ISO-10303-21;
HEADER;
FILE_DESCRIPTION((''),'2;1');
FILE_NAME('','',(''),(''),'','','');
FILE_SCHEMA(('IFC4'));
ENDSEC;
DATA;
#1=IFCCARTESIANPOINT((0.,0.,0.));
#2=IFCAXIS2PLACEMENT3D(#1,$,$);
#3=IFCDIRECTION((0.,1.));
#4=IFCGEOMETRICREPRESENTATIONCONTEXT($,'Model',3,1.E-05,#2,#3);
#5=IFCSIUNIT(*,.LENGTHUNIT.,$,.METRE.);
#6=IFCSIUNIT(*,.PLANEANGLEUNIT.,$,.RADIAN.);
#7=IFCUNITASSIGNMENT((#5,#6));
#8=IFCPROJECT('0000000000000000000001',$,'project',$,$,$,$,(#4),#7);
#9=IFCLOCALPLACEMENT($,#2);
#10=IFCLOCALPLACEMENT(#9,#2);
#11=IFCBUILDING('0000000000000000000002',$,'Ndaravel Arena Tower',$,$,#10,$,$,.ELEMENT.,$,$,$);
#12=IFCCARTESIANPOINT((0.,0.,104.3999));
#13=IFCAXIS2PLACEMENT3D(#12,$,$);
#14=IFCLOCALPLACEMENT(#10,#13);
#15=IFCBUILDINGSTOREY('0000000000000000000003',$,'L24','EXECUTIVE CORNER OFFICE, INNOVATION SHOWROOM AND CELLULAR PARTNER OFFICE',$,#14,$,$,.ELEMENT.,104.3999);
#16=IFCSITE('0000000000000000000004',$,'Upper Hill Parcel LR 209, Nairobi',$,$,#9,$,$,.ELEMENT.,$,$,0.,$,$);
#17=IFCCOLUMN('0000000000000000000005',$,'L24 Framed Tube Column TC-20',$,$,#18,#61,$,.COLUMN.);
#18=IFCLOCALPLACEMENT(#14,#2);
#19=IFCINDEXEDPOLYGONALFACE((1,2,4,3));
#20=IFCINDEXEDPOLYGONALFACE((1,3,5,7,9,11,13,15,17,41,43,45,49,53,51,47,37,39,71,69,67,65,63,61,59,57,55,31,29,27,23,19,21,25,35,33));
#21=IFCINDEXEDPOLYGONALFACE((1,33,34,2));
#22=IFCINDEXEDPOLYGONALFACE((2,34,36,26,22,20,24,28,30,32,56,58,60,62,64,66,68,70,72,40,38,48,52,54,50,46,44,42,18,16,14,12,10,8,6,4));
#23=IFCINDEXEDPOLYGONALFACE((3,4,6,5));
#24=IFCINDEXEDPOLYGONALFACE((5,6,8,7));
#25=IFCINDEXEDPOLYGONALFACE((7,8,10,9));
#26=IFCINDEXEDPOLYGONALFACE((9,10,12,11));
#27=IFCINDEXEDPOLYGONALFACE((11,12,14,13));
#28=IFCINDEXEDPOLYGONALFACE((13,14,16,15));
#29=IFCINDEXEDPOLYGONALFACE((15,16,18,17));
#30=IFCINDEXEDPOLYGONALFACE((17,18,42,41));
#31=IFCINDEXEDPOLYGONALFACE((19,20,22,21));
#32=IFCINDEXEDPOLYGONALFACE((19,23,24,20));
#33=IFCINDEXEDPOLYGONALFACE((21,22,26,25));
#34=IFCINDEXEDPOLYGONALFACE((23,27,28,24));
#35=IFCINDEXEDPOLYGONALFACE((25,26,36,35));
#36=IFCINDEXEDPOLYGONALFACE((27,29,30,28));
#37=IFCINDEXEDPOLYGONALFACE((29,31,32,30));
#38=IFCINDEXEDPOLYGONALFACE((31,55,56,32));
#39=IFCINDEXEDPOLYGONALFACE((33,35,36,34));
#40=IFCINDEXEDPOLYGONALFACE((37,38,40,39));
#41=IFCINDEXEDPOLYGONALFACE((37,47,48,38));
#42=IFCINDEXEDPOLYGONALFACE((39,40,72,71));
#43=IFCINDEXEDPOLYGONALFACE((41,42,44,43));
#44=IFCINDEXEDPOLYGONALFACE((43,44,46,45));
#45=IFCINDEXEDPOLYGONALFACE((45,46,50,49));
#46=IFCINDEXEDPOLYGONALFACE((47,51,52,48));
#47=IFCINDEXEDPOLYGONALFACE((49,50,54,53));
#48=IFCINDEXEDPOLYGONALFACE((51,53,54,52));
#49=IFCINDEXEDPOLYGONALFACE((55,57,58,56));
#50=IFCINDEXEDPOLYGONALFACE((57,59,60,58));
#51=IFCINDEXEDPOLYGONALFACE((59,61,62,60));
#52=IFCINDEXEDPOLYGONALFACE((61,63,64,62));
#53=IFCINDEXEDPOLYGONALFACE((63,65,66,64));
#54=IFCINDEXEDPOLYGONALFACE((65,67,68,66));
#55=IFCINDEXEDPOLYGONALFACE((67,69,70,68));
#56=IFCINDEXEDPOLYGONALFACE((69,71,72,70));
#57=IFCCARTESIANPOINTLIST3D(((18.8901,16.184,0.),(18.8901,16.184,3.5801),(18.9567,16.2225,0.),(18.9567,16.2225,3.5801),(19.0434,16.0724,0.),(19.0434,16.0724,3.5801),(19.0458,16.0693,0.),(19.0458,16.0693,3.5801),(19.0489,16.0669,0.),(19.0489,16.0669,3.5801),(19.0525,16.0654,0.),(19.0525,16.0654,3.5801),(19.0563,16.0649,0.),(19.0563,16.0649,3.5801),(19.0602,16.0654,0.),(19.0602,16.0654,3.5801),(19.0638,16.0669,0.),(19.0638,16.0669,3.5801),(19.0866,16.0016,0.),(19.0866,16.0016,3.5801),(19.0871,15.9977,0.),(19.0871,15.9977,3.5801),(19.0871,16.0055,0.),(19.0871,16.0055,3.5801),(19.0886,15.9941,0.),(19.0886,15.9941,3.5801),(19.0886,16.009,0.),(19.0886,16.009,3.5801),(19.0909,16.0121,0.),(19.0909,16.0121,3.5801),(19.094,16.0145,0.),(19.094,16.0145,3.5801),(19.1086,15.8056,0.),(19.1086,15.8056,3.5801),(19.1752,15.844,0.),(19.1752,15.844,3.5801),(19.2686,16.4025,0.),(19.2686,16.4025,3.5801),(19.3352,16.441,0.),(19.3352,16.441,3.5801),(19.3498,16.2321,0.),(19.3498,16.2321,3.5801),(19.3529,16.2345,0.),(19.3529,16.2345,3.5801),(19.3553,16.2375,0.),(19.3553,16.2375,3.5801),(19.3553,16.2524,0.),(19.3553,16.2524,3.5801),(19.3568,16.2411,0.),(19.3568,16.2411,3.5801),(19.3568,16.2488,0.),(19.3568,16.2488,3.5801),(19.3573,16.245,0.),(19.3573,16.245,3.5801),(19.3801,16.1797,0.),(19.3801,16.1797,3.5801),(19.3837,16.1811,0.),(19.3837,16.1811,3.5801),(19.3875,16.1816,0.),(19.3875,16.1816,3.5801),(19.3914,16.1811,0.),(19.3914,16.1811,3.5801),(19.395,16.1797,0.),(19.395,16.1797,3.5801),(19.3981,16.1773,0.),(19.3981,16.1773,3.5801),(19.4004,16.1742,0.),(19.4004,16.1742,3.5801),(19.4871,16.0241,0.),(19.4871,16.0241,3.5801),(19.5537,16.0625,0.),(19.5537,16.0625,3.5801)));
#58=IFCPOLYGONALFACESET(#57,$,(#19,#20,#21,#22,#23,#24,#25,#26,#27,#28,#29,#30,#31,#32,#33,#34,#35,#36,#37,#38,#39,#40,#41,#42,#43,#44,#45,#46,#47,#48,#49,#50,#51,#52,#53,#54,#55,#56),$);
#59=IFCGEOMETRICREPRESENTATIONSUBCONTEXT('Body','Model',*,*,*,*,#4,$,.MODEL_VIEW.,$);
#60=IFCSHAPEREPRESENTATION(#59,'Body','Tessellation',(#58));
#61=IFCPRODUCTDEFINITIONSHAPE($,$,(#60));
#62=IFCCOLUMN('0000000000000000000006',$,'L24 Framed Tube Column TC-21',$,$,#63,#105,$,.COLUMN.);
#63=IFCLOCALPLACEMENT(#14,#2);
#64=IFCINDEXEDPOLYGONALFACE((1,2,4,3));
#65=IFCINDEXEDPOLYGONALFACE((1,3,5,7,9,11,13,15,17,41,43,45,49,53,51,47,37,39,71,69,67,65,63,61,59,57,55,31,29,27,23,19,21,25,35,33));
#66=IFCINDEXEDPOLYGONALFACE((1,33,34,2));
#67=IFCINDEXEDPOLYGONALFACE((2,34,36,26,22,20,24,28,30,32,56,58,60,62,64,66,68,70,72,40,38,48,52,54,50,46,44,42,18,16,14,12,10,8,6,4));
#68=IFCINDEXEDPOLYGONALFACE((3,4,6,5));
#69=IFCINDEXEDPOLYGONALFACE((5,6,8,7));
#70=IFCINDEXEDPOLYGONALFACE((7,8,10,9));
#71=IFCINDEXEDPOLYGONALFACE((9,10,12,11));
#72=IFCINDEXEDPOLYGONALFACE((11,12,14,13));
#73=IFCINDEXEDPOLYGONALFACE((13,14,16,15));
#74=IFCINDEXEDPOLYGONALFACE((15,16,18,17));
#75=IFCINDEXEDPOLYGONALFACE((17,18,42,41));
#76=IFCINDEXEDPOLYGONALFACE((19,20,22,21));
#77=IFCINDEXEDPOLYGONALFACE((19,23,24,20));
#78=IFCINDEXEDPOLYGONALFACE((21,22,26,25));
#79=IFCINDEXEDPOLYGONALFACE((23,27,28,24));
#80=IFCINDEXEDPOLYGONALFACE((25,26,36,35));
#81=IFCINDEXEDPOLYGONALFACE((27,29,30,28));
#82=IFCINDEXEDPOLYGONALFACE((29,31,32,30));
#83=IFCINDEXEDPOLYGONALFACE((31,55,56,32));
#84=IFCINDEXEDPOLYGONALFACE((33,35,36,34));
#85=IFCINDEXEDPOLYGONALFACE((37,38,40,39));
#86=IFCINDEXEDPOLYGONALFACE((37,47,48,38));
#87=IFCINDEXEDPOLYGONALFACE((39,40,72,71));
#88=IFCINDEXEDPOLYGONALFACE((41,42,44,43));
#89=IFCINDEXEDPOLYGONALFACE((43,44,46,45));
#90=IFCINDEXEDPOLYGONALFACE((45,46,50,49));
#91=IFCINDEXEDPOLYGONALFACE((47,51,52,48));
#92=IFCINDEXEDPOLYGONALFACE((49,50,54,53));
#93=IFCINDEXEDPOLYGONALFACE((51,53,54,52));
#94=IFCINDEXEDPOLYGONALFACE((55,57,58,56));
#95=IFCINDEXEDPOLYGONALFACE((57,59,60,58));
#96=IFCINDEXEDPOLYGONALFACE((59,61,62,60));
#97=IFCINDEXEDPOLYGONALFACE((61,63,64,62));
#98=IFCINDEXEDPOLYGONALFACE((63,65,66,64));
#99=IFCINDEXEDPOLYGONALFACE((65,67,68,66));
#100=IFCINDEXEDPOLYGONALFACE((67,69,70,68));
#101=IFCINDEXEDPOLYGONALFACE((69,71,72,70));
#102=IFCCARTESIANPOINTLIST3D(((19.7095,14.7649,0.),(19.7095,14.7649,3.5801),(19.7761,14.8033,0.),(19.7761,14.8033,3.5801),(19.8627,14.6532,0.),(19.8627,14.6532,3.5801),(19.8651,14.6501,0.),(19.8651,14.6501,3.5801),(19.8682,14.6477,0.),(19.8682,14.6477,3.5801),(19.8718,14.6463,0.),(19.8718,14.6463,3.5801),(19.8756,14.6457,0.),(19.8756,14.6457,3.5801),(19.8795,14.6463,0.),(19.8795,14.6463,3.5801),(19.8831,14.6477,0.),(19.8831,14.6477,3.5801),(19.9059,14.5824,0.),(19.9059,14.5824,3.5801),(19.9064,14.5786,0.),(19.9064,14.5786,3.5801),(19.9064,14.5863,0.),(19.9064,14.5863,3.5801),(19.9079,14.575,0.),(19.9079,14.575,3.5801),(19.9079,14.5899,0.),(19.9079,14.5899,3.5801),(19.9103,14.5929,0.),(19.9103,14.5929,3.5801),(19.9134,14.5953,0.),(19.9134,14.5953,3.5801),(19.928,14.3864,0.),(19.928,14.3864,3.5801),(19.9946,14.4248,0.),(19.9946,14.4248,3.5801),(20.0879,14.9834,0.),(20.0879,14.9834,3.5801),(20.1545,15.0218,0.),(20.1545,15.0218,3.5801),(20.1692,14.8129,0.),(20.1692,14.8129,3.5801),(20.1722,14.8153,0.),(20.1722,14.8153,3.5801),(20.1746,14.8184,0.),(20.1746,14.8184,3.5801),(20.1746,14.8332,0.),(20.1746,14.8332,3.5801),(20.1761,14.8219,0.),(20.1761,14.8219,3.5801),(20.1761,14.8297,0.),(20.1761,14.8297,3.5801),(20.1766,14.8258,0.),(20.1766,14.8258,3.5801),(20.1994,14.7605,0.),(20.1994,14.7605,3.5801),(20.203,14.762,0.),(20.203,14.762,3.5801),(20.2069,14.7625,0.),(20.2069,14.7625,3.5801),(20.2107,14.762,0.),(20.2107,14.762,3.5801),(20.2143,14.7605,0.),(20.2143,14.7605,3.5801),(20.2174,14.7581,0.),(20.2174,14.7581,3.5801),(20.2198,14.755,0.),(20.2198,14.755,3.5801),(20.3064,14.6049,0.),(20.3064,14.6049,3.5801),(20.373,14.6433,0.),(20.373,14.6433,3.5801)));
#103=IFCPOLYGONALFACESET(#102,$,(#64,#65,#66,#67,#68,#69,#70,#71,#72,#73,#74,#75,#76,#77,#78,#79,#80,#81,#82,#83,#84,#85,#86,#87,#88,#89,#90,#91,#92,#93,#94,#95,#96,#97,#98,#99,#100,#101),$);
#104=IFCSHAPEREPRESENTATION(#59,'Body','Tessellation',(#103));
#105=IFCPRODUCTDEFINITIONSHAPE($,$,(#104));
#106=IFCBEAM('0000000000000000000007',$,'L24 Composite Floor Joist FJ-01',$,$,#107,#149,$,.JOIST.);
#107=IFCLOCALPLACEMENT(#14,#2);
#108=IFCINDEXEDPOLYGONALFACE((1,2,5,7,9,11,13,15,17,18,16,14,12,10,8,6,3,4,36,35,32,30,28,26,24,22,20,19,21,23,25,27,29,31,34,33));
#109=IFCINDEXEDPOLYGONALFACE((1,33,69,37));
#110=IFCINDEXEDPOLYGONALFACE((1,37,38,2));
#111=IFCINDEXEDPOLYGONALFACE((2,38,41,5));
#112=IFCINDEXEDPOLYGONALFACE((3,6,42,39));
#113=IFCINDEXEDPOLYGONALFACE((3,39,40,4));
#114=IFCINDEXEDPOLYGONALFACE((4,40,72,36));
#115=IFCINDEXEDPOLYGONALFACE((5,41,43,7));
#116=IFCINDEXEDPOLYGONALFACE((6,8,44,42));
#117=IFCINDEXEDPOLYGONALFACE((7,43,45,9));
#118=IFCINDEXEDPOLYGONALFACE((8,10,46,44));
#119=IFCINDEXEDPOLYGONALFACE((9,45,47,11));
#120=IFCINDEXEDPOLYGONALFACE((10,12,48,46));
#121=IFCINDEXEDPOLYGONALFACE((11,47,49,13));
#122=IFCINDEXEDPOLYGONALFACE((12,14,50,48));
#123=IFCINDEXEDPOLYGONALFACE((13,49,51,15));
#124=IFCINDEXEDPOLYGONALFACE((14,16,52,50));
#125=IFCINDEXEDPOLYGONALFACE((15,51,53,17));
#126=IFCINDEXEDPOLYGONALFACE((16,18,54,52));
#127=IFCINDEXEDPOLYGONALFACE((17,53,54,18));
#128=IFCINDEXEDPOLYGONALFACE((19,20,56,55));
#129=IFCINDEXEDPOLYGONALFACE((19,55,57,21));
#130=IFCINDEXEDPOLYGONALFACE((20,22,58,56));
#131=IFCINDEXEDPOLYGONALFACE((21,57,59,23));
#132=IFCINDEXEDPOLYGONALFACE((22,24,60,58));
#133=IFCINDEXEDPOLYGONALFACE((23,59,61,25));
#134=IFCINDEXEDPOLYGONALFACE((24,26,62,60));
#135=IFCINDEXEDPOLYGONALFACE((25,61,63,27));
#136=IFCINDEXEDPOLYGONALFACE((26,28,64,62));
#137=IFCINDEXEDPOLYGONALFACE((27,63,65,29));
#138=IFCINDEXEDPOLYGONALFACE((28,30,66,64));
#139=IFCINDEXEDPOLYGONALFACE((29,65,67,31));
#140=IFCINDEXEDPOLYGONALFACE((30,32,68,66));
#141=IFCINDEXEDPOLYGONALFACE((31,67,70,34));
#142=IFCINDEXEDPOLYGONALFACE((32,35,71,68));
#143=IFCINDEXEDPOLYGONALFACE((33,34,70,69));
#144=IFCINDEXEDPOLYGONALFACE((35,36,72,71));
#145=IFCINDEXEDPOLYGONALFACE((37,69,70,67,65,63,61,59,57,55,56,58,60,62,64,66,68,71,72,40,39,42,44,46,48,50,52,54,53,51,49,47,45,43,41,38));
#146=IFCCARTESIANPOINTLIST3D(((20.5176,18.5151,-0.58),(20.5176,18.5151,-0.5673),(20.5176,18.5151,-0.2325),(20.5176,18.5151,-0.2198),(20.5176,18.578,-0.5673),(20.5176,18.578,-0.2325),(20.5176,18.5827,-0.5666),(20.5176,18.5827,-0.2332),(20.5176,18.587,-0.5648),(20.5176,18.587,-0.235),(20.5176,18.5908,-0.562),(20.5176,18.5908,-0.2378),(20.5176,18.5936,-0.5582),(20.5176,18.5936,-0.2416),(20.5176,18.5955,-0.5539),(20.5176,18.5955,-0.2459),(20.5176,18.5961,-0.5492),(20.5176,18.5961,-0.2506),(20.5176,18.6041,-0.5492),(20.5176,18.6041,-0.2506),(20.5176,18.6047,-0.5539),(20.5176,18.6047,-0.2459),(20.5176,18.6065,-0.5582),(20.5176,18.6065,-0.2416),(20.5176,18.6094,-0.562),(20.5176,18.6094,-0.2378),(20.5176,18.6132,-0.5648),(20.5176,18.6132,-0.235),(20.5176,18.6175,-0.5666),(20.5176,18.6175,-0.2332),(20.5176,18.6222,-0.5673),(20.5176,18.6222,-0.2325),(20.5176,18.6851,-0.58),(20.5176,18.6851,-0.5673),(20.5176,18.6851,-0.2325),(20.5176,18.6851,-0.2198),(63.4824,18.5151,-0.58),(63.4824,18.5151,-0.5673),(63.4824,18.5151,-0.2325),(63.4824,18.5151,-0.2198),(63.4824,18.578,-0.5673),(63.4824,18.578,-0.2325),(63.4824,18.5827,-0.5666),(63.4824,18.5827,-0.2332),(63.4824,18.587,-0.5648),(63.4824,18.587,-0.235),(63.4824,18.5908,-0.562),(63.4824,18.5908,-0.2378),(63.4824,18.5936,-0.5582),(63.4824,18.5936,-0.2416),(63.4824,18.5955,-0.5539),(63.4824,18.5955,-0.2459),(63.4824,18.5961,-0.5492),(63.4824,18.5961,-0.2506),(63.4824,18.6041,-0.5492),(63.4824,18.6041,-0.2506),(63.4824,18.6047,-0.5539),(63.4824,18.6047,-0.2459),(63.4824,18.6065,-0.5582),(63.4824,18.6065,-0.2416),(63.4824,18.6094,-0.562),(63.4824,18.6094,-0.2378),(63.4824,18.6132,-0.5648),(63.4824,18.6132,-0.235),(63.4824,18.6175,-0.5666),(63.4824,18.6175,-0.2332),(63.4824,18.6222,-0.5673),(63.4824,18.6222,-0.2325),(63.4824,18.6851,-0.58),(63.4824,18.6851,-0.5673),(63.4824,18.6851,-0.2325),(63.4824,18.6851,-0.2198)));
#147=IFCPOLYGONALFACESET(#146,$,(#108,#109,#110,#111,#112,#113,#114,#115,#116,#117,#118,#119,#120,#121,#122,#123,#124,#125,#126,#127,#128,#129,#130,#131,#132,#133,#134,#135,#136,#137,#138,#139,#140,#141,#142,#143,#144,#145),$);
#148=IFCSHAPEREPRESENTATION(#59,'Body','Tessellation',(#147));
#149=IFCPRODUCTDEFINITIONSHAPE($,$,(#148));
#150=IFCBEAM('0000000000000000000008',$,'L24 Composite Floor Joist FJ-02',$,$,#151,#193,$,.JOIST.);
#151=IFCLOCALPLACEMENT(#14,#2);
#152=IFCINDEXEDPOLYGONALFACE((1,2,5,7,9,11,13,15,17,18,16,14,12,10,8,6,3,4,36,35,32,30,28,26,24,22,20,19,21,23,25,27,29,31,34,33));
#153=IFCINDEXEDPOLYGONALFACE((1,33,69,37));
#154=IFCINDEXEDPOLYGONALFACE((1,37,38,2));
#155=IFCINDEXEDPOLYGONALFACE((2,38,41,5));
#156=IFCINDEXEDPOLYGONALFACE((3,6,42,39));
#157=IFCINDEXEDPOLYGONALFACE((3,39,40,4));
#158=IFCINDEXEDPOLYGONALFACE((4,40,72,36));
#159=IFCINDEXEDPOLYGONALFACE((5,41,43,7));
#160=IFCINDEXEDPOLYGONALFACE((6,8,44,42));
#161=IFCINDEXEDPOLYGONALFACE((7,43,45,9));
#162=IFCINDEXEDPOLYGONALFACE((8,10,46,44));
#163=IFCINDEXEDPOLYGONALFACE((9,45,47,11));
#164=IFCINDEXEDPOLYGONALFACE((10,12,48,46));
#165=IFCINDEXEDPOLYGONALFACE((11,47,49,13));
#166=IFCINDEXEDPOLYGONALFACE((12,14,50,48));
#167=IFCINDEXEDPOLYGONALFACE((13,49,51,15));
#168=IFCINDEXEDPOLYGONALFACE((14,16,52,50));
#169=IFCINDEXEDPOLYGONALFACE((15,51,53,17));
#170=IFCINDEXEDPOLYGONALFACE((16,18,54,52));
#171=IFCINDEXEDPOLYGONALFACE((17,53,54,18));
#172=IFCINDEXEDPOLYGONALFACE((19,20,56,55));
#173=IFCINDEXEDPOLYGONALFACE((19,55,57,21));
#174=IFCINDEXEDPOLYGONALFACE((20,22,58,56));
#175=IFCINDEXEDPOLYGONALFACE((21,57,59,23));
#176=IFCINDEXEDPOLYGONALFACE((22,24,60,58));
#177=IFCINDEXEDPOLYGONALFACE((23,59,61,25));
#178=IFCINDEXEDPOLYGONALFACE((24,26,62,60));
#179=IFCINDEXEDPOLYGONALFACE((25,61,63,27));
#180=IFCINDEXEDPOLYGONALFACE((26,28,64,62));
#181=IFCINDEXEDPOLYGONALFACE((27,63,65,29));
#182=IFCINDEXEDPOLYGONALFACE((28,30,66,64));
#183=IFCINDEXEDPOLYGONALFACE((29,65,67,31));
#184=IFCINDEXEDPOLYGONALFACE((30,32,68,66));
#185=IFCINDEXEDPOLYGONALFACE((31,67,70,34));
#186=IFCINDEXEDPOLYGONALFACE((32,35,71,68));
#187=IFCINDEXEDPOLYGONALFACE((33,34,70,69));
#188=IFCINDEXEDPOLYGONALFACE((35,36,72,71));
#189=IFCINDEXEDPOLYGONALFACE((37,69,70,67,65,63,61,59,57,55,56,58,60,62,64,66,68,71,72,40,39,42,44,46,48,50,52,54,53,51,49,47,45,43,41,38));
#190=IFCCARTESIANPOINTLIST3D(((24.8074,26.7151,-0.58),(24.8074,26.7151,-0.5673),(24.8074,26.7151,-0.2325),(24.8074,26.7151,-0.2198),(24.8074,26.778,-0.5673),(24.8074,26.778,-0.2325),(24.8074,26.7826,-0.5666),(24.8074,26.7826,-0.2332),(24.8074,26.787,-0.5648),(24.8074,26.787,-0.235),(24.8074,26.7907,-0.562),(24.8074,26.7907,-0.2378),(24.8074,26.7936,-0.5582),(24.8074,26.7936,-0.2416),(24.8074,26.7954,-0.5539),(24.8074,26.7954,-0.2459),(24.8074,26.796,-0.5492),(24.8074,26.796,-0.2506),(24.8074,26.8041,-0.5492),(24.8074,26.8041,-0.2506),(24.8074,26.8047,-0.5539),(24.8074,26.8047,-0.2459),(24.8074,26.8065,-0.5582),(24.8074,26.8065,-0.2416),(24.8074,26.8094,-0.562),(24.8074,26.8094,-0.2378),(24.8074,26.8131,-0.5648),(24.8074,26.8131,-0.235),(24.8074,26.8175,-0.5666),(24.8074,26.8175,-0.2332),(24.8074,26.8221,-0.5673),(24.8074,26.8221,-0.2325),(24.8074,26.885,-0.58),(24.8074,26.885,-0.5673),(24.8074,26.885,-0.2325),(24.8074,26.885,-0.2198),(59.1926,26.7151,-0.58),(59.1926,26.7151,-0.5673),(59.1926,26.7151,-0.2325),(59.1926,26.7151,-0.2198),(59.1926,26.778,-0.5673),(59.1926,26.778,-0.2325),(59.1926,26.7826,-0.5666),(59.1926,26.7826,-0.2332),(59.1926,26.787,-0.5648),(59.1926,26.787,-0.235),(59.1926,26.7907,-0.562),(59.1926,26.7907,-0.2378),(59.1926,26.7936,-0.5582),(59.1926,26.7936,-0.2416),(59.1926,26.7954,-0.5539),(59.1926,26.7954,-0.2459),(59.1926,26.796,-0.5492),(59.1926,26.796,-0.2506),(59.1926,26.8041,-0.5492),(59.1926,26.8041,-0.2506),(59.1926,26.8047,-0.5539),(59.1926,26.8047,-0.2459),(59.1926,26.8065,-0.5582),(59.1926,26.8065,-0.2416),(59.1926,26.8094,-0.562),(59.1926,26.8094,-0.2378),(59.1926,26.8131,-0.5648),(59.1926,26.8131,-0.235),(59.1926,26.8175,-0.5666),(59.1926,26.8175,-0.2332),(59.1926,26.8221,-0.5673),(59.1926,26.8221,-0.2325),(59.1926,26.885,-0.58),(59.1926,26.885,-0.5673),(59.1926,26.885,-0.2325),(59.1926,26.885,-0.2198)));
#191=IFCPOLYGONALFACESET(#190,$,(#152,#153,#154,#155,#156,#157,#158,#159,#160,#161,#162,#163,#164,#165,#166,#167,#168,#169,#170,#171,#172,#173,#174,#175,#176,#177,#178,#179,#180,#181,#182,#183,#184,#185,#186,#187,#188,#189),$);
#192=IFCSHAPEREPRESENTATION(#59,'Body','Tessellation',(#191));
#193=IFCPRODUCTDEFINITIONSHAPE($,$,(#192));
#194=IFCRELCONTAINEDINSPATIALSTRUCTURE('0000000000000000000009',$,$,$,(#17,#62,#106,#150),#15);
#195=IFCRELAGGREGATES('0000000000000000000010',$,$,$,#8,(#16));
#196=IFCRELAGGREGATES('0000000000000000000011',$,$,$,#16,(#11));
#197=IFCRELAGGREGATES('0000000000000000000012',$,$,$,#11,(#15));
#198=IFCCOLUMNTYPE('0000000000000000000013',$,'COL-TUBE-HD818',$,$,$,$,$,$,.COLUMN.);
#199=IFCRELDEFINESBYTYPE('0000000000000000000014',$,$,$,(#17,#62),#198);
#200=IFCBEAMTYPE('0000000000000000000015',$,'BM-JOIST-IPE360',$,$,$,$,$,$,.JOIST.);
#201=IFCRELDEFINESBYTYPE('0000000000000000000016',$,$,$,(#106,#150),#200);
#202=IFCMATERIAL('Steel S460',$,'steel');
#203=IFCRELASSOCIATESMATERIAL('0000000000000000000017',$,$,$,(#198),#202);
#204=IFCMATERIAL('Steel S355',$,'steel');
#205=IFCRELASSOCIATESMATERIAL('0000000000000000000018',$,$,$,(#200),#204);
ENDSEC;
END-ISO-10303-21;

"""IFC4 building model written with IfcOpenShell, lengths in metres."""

from ifc_helpers import new_model, si_unit, direction, frame, origin, origin_2d, place, context, subcontext, project, spatial, i_section, extrude, material, material_profile, profile_set, type_object, element, save


model = new_model("IFC4")

# Units and contexts
model_context = context("Model", 3, precision=1e-05, world=origin(), true_north=direction((0.0, 1.0)))
body_context = subcontext(model_context, "Body", "Model", "MODEL_VIEW")
ifc_project = project(units=[si_unit("LENGTHUNIT", "METRE"), si_unit("PLANEANGLEUNIT", "RADIAN")], contexts=[model_context])

# Site, building, storey
site_placement = place(None, origin())
site = spatial("IfcSite", under=ifc_project, at=site_placement, Name="Upper Hill Parcel LR 209, Nairobi", CompositionType="ELEMENT", RefElevation=0.0)
building_placement = place(site_placement, origin())
building = spatial("IfcBuilding", under=site, at=building_placement, Name="Ndaravel Arena Tower", CompositionType="ELEMENT")
storey_placement = place(building_placement, frame((0.0, 0.0, 104.3999)))
storey = spatial("IfcBuildingStorey", under=building, at=storey_placement, Name="L24", Description="EXECUTIVE CORNER OFFICE, INNOVATION SHOWROOM AND CELLULAR PARTNER OFFICE", CompositionType="ELEMENT", Elevation=104.3999)

# Columns
ifc_material_1 = material(Name="Steel S460", Category="steel")
ifc_material_profile_1 = material_profile(ifc_material_1, i_section(OverallWidth=0.437, OverallDepth=0.5139, WebThickness=0.0605, FlangeThickness=0.0769, FilletRadius=0.0149, at=origin_2d()), Name="HD 400x818")
ifc_profile_set_1 = profile_set([ifc_material_profile_1], Name="Steel S460")
column_type = type_object("IfcColumnType", Name="COL-TUBE-HD818", PredefinedType="COLUMN", material=ifc_profile_set_1)
for number, where, z_axis, x_axis, name in (
    (1, (19.2219, 16.1233, 0.0), (0.0, 0.0, 1.0), (-0.5, 0.866025, 0.0), "L24 Framed Tube Column TC-20"),
    (2, (20.0413, 14.7041, 0.0), (0.0, 0.0, 1.0), (-0.5, 0.866025, 0.0), "L24 Framed Tube Column TC-21"),
):
    element("IfcColumn", number, at=place(storey_placement, frame(where, z_axis=z_axis, x_axis=x_axis)), inside=storey, type_object=column_type, Name=name, PredefinedType="COLUMN", context=body_context, shape_type="SweptSolid", body=[
        extrude(i_section(OverallWidth=0.437, OverallDepth=0.5139, WebThickness=0.0605, FlangeThickness=0.0769, FilletRadius=0.0149, at=origin_2d()), origin(), (0.0, 0.0, 1.0), 3.5801),
    ])

# Beams
ifc_material_2 = material(Name="Steel S355", Category="steel")
ifc_material_profile_2 = material_profile(ifc_material_2, i_section(OverallWidth=0.1699, OverallDepth=0.3601, WebThickness=0.0081, FlangeThickness=0.0127, FilletRadius=0.0181, at=origin_2d()), Name="IPE 360")
ifc_profile_set_2 = profile_set([ifc_material_profile_2], Name="Steel S355")
beam_type_1 = type_object("IfcBeamType", Name="BM-JOIST-IPE360", PredefinedType="JOIST", material=ifc_profile_set_2)
beam_1_placement = place(storey_placement, frame((20.5176, 18.6001, -0.3999), z_axis=(1.0, 0.0, 0.0), x_axis=(0.0, 1.0, 0.0)))
element("IfcBeam", 3, at=beam_1_placement, inside=storey, type_object=beam_type_1, Name="L24 Composite Floor Joist FJ-01", PredefinedType="JOIST", context=body_context, shape_type="SweptSolid", body=[
    extrude(i_section(OverallWidth=0.1699, OverallDepth=0.3601, WebThickness=0.0081, FlangeThickness=0.0127, FilletRadius=0.0181, at=origin_2d()), origin(), (0.0, 0.0, 1.0), 42.9648),
])
beam_2_placement = place(storey_placement, frame((24.8074, 26.8, -0.3999), z_axis=(1.0, 0.0, 0.0), x_axis=(0.0, 1.0, 0.0)))
element("IfcBeam", 4, at=beam_2_placement, inside=storey, type_object=beam_type_1, Name="L24 Composite Floor Joist FJ-02", PredefinedType="JOIST", context=body_context, shape_type="SweptSolid", body=[
    extrude(i_section(OverallWidth=0.1699, OverallDepth=0.3601, WebThickness=0.0081, FlangeThickness=0.0127, FilletRadius=0.0181, at=origin_2d()), origin(), (0.0, 0.0, 1.0), 34.3853),
])

save(model, "model.ifc")
